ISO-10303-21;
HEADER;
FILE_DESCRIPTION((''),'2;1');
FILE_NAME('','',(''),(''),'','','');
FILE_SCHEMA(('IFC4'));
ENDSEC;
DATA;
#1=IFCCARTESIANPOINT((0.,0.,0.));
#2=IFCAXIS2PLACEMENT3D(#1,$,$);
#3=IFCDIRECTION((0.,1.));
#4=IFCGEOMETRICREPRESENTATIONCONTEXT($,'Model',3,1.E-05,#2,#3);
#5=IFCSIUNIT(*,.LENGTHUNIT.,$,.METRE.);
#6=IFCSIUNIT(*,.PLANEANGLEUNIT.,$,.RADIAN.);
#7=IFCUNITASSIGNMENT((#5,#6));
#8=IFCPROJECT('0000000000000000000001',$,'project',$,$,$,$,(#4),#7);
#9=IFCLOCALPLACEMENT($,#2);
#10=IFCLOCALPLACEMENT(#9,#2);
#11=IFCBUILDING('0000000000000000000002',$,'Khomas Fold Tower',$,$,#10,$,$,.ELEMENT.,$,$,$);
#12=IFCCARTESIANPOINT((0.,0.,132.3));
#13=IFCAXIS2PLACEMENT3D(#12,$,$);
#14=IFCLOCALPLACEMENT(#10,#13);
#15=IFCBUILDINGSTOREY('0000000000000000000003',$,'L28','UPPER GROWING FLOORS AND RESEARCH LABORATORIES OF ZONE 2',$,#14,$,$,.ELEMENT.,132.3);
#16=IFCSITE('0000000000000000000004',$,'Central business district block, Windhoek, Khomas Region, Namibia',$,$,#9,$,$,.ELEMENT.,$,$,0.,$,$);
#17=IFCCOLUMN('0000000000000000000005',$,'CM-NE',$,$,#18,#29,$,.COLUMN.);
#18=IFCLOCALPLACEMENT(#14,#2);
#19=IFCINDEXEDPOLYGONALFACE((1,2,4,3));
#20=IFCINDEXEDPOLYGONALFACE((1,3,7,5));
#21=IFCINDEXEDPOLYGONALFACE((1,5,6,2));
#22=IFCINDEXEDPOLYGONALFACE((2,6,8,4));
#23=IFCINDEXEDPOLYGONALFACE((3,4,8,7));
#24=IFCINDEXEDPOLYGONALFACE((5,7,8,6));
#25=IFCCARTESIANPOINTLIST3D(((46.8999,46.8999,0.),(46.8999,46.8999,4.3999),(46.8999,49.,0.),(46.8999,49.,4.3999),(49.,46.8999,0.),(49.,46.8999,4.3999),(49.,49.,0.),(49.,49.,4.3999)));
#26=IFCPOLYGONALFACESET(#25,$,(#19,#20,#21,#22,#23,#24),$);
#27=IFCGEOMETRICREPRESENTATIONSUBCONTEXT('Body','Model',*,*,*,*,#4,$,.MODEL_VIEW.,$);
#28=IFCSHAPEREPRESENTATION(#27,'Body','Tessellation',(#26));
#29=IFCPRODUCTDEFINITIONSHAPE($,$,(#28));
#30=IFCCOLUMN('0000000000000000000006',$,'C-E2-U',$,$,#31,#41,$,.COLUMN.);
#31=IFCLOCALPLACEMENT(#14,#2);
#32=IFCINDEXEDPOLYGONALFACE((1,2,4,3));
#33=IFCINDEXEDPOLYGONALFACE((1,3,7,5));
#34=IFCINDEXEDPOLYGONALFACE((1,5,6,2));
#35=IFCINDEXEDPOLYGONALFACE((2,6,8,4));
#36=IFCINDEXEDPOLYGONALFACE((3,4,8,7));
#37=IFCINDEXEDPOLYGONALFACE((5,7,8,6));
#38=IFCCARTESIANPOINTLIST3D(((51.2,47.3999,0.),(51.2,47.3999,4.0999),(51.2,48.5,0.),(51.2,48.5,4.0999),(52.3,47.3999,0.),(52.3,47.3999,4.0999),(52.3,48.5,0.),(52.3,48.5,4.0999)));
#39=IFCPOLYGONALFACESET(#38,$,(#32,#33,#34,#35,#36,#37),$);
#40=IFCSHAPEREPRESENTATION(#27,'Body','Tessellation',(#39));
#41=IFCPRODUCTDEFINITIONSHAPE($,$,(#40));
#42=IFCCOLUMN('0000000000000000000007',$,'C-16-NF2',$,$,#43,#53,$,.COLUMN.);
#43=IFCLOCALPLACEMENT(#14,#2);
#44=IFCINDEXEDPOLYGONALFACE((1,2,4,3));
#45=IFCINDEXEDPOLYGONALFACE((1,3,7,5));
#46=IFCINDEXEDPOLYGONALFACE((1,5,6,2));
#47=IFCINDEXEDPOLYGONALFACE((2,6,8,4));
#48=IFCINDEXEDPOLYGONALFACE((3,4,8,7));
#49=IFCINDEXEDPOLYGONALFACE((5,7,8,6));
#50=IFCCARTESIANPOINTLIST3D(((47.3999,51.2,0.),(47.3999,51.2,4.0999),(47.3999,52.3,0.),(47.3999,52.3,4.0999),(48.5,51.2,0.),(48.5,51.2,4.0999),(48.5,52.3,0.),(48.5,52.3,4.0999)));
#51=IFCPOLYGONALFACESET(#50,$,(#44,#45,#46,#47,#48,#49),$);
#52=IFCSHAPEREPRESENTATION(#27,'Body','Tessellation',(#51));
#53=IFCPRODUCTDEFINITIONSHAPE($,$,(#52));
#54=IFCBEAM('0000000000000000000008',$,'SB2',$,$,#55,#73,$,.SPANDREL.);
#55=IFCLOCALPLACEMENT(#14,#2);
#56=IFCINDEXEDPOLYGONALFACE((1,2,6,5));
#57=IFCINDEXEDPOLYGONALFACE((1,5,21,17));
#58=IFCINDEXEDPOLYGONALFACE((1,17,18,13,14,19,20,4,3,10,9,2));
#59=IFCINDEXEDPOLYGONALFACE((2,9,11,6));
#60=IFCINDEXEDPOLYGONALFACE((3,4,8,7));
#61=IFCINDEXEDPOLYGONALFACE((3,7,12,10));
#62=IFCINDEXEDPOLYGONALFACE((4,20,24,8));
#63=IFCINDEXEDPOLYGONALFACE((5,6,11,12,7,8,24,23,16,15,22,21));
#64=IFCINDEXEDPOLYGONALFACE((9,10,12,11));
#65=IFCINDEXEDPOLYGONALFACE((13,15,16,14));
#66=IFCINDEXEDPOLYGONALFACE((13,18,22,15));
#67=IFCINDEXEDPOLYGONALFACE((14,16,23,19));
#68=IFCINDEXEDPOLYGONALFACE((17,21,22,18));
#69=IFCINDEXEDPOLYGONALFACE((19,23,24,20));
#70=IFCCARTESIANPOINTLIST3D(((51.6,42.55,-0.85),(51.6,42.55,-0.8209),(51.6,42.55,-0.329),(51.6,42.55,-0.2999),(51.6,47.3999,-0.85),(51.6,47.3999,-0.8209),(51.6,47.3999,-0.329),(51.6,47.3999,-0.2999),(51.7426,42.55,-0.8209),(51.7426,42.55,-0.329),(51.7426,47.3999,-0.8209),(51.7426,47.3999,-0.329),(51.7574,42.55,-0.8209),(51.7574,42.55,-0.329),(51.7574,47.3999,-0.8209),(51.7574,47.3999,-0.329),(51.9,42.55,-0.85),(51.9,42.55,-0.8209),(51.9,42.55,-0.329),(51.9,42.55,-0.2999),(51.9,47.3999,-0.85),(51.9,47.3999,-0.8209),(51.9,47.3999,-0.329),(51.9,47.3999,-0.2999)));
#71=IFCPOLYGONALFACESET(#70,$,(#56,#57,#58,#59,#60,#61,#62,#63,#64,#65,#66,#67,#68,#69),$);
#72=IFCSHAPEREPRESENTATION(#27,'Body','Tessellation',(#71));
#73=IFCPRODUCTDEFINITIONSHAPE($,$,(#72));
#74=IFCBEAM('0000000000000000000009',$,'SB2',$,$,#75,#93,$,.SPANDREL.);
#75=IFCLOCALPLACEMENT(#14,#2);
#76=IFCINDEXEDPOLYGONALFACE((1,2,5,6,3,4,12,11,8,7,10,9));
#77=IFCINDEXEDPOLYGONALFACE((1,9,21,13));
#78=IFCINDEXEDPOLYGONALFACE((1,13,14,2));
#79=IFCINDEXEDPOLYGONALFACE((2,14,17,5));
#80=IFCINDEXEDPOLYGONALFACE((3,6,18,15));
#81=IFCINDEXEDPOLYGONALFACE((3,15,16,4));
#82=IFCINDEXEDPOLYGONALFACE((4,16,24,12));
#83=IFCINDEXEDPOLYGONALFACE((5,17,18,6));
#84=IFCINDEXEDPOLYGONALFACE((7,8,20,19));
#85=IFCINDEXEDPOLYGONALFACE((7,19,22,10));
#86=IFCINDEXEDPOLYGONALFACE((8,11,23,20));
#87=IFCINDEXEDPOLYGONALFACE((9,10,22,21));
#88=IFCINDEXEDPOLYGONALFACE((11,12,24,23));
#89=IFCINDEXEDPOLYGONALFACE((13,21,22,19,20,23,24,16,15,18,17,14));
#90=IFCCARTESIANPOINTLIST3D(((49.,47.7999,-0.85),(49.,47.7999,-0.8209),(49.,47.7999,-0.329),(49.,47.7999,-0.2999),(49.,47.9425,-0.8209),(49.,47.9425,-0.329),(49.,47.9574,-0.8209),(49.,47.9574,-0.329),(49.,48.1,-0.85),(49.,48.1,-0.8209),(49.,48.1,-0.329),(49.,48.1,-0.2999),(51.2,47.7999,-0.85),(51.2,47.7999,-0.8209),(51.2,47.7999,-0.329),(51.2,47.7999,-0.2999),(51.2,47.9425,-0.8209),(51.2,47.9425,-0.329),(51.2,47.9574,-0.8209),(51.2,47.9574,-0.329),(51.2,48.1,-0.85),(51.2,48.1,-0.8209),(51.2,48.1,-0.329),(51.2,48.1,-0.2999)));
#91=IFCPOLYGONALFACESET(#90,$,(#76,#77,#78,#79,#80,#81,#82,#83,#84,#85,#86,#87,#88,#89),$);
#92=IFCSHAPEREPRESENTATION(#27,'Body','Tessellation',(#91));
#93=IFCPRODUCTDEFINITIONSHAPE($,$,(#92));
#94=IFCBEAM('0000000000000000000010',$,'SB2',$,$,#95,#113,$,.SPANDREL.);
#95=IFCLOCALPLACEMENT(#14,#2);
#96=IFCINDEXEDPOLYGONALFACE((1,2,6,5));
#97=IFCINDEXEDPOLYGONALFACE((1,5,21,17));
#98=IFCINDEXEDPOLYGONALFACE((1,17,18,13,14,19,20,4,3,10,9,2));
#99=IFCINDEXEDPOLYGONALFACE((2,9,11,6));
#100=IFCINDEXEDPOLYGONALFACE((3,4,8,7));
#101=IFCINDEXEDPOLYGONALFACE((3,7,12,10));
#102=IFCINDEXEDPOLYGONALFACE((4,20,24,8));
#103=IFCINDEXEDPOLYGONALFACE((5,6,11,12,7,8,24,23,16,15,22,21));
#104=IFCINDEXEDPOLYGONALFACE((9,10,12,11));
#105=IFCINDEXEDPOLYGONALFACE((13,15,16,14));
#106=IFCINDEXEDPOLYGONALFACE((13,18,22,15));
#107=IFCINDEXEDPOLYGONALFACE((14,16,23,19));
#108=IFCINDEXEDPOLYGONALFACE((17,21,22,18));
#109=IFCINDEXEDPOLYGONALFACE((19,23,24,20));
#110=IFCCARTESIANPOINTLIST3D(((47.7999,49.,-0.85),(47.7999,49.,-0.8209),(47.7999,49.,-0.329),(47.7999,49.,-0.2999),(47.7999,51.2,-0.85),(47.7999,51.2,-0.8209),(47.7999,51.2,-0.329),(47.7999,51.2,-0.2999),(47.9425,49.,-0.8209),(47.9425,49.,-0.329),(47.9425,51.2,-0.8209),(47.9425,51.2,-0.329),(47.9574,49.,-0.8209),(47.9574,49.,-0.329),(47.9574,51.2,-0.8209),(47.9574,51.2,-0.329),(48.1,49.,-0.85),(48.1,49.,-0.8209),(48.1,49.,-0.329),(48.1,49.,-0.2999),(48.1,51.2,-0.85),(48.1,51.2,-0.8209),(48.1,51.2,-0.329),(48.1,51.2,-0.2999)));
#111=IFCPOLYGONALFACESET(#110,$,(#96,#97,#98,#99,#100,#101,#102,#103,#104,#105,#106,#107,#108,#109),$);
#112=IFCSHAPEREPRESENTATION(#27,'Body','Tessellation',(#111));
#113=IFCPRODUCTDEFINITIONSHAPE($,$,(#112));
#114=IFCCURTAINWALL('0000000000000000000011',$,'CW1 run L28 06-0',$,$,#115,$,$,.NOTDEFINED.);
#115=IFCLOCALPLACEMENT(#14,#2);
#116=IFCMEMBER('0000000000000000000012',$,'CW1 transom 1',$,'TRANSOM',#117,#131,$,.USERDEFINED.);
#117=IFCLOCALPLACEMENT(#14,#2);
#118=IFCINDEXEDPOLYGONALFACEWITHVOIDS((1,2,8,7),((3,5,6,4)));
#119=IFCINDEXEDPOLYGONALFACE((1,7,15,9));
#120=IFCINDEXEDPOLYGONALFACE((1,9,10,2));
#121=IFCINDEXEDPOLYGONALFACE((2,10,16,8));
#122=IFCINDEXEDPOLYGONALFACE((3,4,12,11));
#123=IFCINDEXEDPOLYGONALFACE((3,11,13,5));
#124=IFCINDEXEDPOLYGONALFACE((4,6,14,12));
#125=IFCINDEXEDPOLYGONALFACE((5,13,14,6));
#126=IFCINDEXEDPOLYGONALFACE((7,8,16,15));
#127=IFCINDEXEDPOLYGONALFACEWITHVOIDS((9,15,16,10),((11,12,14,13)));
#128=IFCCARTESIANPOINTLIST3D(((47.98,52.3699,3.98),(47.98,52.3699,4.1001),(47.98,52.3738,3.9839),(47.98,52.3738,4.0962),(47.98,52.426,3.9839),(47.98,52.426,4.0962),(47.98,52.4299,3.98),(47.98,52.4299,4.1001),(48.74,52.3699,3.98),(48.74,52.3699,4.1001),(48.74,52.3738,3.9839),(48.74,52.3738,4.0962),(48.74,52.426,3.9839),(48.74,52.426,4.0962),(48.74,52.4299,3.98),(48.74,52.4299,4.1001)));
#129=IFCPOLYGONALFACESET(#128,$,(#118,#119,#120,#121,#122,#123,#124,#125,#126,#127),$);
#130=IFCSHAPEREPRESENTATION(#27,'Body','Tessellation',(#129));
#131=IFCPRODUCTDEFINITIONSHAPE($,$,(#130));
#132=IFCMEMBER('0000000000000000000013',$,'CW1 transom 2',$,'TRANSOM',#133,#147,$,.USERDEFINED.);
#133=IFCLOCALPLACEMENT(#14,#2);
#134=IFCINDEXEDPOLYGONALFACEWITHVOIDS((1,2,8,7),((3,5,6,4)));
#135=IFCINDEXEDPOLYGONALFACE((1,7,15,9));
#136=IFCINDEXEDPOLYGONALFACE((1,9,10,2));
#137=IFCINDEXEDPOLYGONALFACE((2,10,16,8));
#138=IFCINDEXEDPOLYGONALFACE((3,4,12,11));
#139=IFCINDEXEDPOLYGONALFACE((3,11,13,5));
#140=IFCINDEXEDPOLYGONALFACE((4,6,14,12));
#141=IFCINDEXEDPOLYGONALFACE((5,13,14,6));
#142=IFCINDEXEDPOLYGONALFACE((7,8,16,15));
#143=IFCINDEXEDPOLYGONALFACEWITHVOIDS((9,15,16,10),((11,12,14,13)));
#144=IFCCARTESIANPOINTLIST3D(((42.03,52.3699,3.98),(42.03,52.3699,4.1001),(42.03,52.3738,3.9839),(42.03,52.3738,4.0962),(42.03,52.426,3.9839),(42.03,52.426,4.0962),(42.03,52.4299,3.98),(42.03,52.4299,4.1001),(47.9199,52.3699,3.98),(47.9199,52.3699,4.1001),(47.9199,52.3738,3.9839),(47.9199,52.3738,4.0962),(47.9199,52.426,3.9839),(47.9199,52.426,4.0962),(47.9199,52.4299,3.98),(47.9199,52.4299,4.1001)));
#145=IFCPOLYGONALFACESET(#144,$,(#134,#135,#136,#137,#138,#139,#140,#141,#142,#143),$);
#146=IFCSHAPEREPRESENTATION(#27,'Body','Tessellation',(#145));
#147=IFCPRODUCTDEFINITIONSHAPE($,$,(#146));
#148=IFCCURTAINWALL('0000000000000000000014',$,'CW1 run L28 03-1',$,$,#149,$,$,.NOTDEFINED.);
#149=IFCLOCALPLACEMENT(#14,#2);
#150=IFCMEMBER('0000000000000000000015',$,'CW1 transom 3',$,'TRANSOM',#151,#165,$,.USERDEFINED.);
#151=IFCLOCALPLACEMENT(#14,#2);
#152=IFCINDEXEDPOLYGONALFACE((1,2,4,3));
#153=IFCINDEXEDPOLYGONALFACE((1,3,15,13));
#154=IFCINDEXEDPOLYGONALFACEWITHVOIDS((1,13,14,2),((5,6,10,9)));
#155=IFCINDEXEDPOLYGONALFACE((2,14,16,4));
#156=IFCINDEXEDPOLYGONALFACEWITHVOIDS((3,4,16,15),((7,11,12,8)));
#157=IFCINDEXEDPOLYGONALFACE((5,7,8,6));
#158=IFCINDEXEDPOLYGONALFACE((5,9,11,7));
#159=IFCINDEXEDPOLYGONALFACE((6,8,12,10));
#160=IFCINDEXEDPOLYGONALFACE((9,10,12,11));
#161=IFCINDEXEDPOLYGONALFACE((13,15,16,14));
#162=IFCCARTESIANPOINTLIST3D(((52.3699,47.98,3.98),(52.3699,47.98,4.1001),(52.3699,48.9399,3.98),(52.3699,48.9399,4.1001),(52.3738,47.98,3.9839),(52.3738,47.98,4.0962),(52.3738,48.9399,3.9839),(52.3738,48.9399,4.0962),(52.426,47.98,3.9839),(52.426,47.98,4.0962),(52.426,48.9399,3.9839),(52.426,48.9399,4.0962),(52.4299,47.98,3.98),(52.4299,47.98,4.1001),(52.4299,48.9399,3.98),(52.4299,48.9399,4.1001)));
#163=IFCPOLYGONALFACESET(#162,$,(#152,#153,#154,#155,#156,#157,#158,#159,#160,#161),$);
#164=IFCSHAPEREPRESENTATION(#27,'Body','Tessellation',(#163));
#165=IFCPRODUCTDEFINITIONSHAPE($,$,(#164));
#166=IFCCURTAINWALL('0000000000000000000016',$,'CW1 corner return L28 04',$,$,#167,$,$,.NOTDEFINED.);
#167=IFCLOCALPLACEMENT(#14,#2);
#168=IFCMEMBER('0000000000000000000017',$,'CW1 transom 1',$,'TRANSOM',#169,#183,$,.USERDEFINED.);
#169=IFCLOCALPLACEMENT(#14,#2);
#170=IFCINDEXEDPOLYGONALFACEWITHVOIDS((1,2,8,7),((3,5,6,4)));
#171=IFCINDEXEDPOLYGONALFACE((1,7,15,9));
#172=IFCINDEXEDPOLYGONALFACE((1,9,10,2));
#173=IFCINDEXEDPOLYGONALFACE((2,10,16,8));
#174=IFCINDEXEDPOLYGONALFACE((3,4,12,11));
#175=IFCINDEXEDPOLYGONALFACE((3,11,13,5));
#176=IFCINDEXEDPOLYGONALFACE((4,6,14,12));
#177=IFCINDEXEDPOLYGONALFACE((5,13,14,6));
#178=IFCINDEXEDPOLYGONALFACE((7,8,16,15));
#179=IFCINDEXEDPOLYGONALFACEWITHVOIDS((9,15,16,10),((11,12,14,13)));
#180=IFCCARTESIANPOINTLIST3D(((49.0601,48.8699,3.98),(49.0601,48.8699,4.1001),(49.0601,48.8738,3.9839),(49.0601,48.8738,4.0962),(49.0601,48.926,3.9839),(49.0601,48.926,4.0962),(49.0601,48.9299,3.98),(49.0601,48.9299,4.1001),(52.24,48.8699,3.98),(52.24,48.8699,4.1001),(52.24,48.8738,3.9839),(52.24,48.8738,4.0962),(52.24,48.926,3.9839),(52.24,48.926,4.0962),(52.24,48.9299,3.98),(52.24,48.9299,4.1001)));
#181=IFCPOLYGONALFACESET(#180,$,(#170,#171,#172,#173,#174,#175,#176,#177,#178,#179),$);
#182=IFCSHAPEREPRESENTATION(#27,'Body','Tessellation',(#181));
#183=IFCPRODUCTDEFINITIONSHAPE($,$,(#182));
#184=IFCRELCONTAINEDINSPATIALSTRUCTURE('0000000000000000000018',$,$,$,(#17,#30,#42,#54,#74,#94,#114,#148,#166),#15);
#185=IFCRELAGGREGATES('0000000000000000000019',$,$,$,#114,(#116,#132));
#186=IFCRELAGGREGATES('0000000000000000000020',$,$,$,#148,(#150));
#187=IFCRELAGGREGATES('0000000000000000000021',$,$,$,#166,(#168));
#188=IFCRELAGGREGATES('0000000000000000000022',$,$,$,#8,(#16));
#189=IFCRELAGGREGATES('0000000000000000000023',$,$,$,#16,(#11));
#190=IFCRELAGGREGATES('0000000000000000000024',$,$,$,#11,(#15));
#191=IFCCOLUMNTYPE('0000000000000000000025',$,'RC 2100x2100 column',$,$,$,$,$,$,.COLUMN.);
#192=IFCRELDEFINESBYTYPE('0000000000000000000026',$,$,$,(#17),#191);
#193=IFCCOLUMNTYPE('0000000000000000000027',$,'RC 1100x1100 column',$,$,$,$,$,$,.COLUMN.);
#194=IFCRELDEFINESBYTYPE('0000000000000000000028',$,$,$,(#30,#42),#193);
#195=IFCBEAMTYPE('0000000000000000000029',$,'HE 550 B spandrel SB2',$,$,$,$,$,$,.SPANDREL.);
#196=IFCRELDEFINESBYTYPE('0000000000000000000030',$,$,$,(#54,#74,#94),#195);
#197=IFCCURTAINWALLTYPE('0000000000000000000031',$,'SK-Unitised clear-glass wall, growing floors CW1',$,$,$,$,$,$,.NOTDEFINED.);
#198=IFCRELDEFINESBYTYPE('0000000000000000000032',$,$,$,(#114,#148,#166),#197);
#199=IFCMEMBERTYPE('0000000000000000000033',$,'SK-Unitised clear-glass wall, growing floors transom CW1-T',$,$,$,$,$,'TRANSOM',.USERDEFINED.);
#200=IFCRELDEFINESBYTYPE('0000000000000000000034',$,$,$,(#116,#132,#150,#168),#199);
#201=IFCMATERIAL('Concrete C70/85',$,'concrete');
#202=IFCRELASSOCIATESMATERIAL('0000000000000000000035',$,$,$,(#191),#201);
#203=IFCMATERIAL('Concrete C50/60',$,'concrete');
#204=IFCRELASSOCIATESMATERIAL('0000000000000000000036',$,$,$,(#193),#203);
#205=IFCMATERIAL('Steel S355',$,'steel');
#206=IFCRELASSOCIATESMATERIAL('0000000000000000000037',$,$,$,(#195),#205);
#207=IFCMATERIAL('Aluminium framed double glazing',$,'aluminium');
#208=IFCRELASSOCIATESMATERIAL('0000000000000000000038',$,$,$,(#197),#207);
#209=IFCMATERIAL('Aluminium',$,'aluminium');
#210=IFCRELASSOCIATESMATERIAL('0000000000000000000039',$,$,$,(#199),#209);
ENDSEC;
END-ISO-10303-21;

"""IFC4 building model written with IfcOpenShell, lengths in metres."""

from ifc_helpers import new_model, si_unit, direction, frame, origin, origin_2d, place, context, subcontext, project, spatial, rectangle, hollow_rectangle, i_section, extrude, source, transform, mapped, material, material_profile, profile_set, type_object, element, aggregate, save


model = new_model("IFC4")

# Units and contexts
model_context = context("Model", 3, precision=1e-05, world=origin(), true_north=direction((0.0, 1.0)))
body_context = subcontext(model_context, "Body", "Model", "MODEL_VIEW")
ifc_project = project(units=[si_unit("LENGTHUNIT", "METRE"), si_unit("PLANEANGLEUNIT", "RADIAN")], contexts=[model_context])

# Site, building, storey
site_placement = place(None, origin())
site = spatial("IfcSite", under=ifc_project, at=site_placement, Name="Central business district block, Windhoek, Khomas Region, Namibia", CompositionType="ELEMENT", RefElevation=0.0)
building_placement = place(site_placement, origin())
building = spatial("IfcBuilding", under=site, at=building_placement, Name="Khomas Fold Tower", CompositionType="ELEMENT")
storey_placement = place(building_placement, frame((0.0, 0.0, 132.3)))
storey = spatial("IfcBuildingStorey", under=building, at=storey_placement, Name="L28", Description="UPPER GROWING FLOORS AND RESEARCH LABORATORIES OF ZONE 2", CompositionType="ELEMENT", Elevation=132.3)

# Columns
ifc_material_1 = material(Name="Concrete C70/85", Category="concrete")
ifc_material_profile_1 = material_profile(ifc_material_1, rectangle(XDim=2.1001, YDim=2.1001, at=origin_2d()), Name="RC 2100x2100")
ifc_profile_set_1 = profile_set([ifc_material_profile_1], Name="Concrete C70/85")
column_type_1 = type_object("IfcColumnType", Name="RC 2100x2100 column", PredefinedType="COLUMN", material=ifc_profile_set_1)
shared_shape_1 = source(origin(), body_context, "Body", "SweptSolid", [
    extrude(rectangle(XDim=2.1001, YDim=2.1001, at=origin_2d()), origin(), (0.0, 0.0, 1.0), 4.3999),
])
column_placement = place(storey_placement, frame((47.95, 47.95, 0.0), z_axis=(0.0, 0.0, 1.0), x_axis=(1.0, 0.0, 0.0)))
element("IfcColumn", 1, at=column_placement, inside=storey, type_object=column_type_1, Name="CM-NE", PredefinedType="COLUMN", context=body_context, shape_type="MappedRepresentation", body=[
    mapped(shared_shape_1, transform((0.0, 0.0, 0.0))),
])
ifc_material_2 = material(Name="Concrete C50/60", Category="concrete")
ifc_material_profile_2 = material_profile(ifc_material_2, rectangle(XDim=1.1001, YDim=1.1001, at=origin_2d()), Name="RC 1100x1100")
ifc_profile_set_2 = profile_set([ifc_material_profile_2], Name="Concrete C50/60")
column_type_2 = type_object("IfcColumnType", Name="RC 1100x1100 column", PredefinedType="COLUMN", material=ifc_profile_set_2)
shared_shape_2 = source(origin(), body_context, "Body", "SweptSolid", [
    extrude(rectangle(XDim=1.1001, YDim=1.1001, at=origin_2d()), origin(), (0.0, 0.0, 1.0), 4.0999),
])
for number, where, z_axis, x_axis, name in (
    (2, (51.75, 47.95, 0.0), (0.0, 0.0, 1.0), (1.0, 0.0, 0.0), "C-E2-U"),
    (3, (47.95, 51.75, 0.0), (0.0, 0.0, 1.0), (1.0, 0.0, 0.0), "C-16-NF2"),
):
    element("IfcColumn", number, at=place(storey_placement, frame(where, z_axis=z_axis, x_axis=x_axis)), inside=storey, type_object=column_type_2, Name=name, PredefinedType="COLUMN", context=body_context, shape_type="MappedRepresentation", body=[
        mapped(shared_shape_2, transform((0.0, 0.0, 0.0))),
    ])

# Beams
ifc_material_3 = material(Name="Steel S355", Category="steel")
ifc_material_profile_3 = material_profile(ifc_material_3, i_section(OverallWidth=0.3, OverallDepth=0.55, WebThickness=0.0149, FlangeThickness=0.0291, at=origin_2d()), Name="HE 550 B")
ifc_profile_set_3 = profile_set([ifc_material_profile_3], Name="Steel S355")
beam_type = type_object("IfcBeamType", Name="HE 550 B spandrel SB2", PredefinedType="SPANDREL", material=ifc_profile_set_3)
shared_shape_3 = source(origin(), body_context, "Body", "SweptSolid", [
    extrude(i_section(OverallWidth=0.3, OverallDepth=0.55, WebThickness=0.0149, FlangeThickness=0.0291, at=origin_2d()), origin(), (0.0, 0.0, 1.0), 4.8499),
])
beam_placement = place(storey_placement, frame((51.75, 42.55, -0.575), z_axis=(0.0, 1.0, 0.0), x_axis=(-1.0, 0.0, 0.0)))
element("IfcBeam", 4, at=beam_placement, inside=storey, type_object=beam_type, Name="SB2", PredefinedType="SPANDREL", context=body_context, shape_type="MappedRepresentation", body=[
    mapped(shared_shape_3, transform((0.0, 0.0, 0.0))),
])
shared_shape_4 = source(origin(), body_context, "Body", "SweptSolid", [
    extrude(i_section(OverallWidth=0.3, OverallDepth=0.55, WebThickness=0.0149, FlangeThickness=0.0291, at=origin_2d()), origin(), (0.0, 0.0, 1.0), 2.2),
])
for number, where, z_axis, x_axis, name in (
    (5, (49.0, 47.95, -0.575), (1.0, 0.0, 0.0), (0.0, 1.0, 0.0), "SB2"),
    (6, (47.95, 49.0, -0.575), (0.0, 1.0, 0.0), (-1.0, 0.0, 0.0), "SB2"),
):
    element("IfcBeam", number, at=place(storey_placement, frame(where, z_axis=z_axis, x_axis=x_axis)), inside=storey, type_object=beam_type, Name=name, PredefinedType="SPANDREL", context=body_context, shape_type="MappedRepresentation", body=[
        mapped(shared_shape_4, transform((0.0, 0.0, 0.0))),
    ])

# Curtain wall, members
ifc_material_4 = material(Name="Aluminium framed double glazing", Category="aluminium")
curtain_wall_type = type_object("IfcCurtainWallType", Name="SK-Unitised clear-glass wall, growing floors CW1", PredefinedType="NOTDEFINED", material=ifc_material_4)
curtain_wall_1_placement = place(storey_placement, origin())
curtain_wall_1 = element("IfcCurtainWall", 7, at=curtain_wall_1_placement, inside=storey, type_object=curtain_wall_type, Name="CW1 run L28 06-0", PredefinedType="NOTDEFINED")
ifc_material_5 = material(Name="Aluminium", Category="aluminium")
ifc_material_profile_4 = material_profile(ifc_material_5, hollow_rectangle(XDim=0.0601, YDim=0.1201, WallThickness=0.0039, at=origin_2d()), Name="SK-Unitised clear-glass wall, growing floors transom CW1-T")
ifc_profile_set_4 = profile_set([ifc_material_profile_4], Name="Aluminium")
member_type_1 = type_object("IfcMemberType", Name="SK-Unitised clear-glass wall, growing floors transom CW1-T", ElementType="TRANSOM", PredefinedType="USERDEFINED", material=ifc_profile_set_4)
shared_shape_5 = source(origin(), body_context, "Body", "SweptSolid", [
    extrude(hollow_rectangle(XDim=0.0601, YDim=0.1201, WallThickness=0.0039, at=origin_2d()), origin(), (0.0, 0.0, 1.0), 0.76),
])
member_1_placement = place(storey_placement, frame((48.74, 52.3999, 4.04), z_axis=(-1.0, 0.0, 0.0), x_axis=(0.0, -1.0, 0.0)))
member_1 = element("IfcMember", 8, at=member_1_placement, type_object=member_type_1, Name="CW1 transom 1", ObjectType="TRANSOM", PredefinedType="USERDEFINED", context=body_context, shape_type="MappedRepresentation", body=[
    mapped(shared_shape_5, transform((0.0, 0.0, 0.0))),
])
shared_shape_6 = source(origin(), body_context, "Body", "SweptSolid", [
    extrude(hollow_rectangle(XDim=0.0601, YDim=0.1201, WallThickness=0.0039, at=origin_2d()), origin(), (0.0, 0.0, 1.0), 5.8899),
])
member_2_placement = place(storey_placement, frame((47.9199, 52.3999, 4.04), z_axis=(-1.0, 0.0, 0.0), x_axis=(0.0, -1.0, 0.0)))
member_2 = element("IfcMember", 9, at=member_2_placement, type_object=member_type_1, Name="CW1 transom 2", ObjectType="TRANSOM", PredefinedType="USERDEFINED", context=body_context, shape_type="MappedRepresentation", body=[
    mapped(shared_shape_6, transform((0.0, 0.0, 0.0))),
])

# Curtain walls, members
curtain_wall_2_placement = place(storey_placement, origin())
curtain_wall_2 = element("IfcCurtainWall", 10, at=curtain_wall_2_placement, inside=storey, type_object=curtain_wall_type, Name="CW1 run L28 03-1", PredefinedType="NOTDEFINED")
shared_shape_7 = source(origin(), body_context, "Body", "SweptSolid", [
    extrude(hollow_rectangle(XDim=0.0601, YDim=0.1201, WallThickness=0.0039, at=origin_2d()), origin(), (0.0, 0.0, 1.0), 0.96),
])
member_3_placement = place(storey_placement, frame((52.3999, 47.98, 4.04), z_axis=(0.0, 1.0, 0.0), x_axis=(-1.0, 0.0, 0.0)))
member_3 = element("IfcMember", 11, at=member_3_placement, type_object=member_type_1, Name="CW1 transom 3", ObjectType="TRANSOM", PredefinedType="USERDEFINED", context=body_context, shape_type="MappedRepresentation", body=[
    mapped(shared_shape_7, transform((0.0, 0.0, 0.0))),
])
curtain_wall_3_placement = place(storey_placement, origin())
curtain_wall_3 = element("IfcCurtainWall", 12, at=curtain_wall_3_placement, inside=storey, type_object=curtain_wall_type, Name="CW1 corner return L28 04", PredefinedType="NOTDEFINED")
shared_shape_8 = source(origin(), body_context, "Body", "SweptSolid", [
    extrude(hollow_rectangle(XDim=0.0601, YDim=0.1201, WallThickness=0.0039, at=origin_2d()), origin(), (0.0, 0.0, 1.0), 3.1799),
])
member_4_placement = place(storey_placement, frame((52.24, 48.8999, 4.04), z_axis=(-1.0, 0.0, 0.0), x_axis=(0.0, -1.0, 0.0)))
member_4 = element("IfcMember", 13, at=member_4_placement, type_object=member_type_1, Name="CW1 transom 1", ObjectType="TRANSOM", PredefinedType="USERDEFINED", context=body_context, shape_type="MappedRepresentation", body=[
    mapped(shared_shape_8, transform((0.0, 0.0, 0.0))),
])

aggregate(curtain_wall_1, [member_1, member_2])
aggregate(curtain_wall_2, [member_3])
aggregate(curtain_wall_3, [member_4])

save(model, "model.ifc")
